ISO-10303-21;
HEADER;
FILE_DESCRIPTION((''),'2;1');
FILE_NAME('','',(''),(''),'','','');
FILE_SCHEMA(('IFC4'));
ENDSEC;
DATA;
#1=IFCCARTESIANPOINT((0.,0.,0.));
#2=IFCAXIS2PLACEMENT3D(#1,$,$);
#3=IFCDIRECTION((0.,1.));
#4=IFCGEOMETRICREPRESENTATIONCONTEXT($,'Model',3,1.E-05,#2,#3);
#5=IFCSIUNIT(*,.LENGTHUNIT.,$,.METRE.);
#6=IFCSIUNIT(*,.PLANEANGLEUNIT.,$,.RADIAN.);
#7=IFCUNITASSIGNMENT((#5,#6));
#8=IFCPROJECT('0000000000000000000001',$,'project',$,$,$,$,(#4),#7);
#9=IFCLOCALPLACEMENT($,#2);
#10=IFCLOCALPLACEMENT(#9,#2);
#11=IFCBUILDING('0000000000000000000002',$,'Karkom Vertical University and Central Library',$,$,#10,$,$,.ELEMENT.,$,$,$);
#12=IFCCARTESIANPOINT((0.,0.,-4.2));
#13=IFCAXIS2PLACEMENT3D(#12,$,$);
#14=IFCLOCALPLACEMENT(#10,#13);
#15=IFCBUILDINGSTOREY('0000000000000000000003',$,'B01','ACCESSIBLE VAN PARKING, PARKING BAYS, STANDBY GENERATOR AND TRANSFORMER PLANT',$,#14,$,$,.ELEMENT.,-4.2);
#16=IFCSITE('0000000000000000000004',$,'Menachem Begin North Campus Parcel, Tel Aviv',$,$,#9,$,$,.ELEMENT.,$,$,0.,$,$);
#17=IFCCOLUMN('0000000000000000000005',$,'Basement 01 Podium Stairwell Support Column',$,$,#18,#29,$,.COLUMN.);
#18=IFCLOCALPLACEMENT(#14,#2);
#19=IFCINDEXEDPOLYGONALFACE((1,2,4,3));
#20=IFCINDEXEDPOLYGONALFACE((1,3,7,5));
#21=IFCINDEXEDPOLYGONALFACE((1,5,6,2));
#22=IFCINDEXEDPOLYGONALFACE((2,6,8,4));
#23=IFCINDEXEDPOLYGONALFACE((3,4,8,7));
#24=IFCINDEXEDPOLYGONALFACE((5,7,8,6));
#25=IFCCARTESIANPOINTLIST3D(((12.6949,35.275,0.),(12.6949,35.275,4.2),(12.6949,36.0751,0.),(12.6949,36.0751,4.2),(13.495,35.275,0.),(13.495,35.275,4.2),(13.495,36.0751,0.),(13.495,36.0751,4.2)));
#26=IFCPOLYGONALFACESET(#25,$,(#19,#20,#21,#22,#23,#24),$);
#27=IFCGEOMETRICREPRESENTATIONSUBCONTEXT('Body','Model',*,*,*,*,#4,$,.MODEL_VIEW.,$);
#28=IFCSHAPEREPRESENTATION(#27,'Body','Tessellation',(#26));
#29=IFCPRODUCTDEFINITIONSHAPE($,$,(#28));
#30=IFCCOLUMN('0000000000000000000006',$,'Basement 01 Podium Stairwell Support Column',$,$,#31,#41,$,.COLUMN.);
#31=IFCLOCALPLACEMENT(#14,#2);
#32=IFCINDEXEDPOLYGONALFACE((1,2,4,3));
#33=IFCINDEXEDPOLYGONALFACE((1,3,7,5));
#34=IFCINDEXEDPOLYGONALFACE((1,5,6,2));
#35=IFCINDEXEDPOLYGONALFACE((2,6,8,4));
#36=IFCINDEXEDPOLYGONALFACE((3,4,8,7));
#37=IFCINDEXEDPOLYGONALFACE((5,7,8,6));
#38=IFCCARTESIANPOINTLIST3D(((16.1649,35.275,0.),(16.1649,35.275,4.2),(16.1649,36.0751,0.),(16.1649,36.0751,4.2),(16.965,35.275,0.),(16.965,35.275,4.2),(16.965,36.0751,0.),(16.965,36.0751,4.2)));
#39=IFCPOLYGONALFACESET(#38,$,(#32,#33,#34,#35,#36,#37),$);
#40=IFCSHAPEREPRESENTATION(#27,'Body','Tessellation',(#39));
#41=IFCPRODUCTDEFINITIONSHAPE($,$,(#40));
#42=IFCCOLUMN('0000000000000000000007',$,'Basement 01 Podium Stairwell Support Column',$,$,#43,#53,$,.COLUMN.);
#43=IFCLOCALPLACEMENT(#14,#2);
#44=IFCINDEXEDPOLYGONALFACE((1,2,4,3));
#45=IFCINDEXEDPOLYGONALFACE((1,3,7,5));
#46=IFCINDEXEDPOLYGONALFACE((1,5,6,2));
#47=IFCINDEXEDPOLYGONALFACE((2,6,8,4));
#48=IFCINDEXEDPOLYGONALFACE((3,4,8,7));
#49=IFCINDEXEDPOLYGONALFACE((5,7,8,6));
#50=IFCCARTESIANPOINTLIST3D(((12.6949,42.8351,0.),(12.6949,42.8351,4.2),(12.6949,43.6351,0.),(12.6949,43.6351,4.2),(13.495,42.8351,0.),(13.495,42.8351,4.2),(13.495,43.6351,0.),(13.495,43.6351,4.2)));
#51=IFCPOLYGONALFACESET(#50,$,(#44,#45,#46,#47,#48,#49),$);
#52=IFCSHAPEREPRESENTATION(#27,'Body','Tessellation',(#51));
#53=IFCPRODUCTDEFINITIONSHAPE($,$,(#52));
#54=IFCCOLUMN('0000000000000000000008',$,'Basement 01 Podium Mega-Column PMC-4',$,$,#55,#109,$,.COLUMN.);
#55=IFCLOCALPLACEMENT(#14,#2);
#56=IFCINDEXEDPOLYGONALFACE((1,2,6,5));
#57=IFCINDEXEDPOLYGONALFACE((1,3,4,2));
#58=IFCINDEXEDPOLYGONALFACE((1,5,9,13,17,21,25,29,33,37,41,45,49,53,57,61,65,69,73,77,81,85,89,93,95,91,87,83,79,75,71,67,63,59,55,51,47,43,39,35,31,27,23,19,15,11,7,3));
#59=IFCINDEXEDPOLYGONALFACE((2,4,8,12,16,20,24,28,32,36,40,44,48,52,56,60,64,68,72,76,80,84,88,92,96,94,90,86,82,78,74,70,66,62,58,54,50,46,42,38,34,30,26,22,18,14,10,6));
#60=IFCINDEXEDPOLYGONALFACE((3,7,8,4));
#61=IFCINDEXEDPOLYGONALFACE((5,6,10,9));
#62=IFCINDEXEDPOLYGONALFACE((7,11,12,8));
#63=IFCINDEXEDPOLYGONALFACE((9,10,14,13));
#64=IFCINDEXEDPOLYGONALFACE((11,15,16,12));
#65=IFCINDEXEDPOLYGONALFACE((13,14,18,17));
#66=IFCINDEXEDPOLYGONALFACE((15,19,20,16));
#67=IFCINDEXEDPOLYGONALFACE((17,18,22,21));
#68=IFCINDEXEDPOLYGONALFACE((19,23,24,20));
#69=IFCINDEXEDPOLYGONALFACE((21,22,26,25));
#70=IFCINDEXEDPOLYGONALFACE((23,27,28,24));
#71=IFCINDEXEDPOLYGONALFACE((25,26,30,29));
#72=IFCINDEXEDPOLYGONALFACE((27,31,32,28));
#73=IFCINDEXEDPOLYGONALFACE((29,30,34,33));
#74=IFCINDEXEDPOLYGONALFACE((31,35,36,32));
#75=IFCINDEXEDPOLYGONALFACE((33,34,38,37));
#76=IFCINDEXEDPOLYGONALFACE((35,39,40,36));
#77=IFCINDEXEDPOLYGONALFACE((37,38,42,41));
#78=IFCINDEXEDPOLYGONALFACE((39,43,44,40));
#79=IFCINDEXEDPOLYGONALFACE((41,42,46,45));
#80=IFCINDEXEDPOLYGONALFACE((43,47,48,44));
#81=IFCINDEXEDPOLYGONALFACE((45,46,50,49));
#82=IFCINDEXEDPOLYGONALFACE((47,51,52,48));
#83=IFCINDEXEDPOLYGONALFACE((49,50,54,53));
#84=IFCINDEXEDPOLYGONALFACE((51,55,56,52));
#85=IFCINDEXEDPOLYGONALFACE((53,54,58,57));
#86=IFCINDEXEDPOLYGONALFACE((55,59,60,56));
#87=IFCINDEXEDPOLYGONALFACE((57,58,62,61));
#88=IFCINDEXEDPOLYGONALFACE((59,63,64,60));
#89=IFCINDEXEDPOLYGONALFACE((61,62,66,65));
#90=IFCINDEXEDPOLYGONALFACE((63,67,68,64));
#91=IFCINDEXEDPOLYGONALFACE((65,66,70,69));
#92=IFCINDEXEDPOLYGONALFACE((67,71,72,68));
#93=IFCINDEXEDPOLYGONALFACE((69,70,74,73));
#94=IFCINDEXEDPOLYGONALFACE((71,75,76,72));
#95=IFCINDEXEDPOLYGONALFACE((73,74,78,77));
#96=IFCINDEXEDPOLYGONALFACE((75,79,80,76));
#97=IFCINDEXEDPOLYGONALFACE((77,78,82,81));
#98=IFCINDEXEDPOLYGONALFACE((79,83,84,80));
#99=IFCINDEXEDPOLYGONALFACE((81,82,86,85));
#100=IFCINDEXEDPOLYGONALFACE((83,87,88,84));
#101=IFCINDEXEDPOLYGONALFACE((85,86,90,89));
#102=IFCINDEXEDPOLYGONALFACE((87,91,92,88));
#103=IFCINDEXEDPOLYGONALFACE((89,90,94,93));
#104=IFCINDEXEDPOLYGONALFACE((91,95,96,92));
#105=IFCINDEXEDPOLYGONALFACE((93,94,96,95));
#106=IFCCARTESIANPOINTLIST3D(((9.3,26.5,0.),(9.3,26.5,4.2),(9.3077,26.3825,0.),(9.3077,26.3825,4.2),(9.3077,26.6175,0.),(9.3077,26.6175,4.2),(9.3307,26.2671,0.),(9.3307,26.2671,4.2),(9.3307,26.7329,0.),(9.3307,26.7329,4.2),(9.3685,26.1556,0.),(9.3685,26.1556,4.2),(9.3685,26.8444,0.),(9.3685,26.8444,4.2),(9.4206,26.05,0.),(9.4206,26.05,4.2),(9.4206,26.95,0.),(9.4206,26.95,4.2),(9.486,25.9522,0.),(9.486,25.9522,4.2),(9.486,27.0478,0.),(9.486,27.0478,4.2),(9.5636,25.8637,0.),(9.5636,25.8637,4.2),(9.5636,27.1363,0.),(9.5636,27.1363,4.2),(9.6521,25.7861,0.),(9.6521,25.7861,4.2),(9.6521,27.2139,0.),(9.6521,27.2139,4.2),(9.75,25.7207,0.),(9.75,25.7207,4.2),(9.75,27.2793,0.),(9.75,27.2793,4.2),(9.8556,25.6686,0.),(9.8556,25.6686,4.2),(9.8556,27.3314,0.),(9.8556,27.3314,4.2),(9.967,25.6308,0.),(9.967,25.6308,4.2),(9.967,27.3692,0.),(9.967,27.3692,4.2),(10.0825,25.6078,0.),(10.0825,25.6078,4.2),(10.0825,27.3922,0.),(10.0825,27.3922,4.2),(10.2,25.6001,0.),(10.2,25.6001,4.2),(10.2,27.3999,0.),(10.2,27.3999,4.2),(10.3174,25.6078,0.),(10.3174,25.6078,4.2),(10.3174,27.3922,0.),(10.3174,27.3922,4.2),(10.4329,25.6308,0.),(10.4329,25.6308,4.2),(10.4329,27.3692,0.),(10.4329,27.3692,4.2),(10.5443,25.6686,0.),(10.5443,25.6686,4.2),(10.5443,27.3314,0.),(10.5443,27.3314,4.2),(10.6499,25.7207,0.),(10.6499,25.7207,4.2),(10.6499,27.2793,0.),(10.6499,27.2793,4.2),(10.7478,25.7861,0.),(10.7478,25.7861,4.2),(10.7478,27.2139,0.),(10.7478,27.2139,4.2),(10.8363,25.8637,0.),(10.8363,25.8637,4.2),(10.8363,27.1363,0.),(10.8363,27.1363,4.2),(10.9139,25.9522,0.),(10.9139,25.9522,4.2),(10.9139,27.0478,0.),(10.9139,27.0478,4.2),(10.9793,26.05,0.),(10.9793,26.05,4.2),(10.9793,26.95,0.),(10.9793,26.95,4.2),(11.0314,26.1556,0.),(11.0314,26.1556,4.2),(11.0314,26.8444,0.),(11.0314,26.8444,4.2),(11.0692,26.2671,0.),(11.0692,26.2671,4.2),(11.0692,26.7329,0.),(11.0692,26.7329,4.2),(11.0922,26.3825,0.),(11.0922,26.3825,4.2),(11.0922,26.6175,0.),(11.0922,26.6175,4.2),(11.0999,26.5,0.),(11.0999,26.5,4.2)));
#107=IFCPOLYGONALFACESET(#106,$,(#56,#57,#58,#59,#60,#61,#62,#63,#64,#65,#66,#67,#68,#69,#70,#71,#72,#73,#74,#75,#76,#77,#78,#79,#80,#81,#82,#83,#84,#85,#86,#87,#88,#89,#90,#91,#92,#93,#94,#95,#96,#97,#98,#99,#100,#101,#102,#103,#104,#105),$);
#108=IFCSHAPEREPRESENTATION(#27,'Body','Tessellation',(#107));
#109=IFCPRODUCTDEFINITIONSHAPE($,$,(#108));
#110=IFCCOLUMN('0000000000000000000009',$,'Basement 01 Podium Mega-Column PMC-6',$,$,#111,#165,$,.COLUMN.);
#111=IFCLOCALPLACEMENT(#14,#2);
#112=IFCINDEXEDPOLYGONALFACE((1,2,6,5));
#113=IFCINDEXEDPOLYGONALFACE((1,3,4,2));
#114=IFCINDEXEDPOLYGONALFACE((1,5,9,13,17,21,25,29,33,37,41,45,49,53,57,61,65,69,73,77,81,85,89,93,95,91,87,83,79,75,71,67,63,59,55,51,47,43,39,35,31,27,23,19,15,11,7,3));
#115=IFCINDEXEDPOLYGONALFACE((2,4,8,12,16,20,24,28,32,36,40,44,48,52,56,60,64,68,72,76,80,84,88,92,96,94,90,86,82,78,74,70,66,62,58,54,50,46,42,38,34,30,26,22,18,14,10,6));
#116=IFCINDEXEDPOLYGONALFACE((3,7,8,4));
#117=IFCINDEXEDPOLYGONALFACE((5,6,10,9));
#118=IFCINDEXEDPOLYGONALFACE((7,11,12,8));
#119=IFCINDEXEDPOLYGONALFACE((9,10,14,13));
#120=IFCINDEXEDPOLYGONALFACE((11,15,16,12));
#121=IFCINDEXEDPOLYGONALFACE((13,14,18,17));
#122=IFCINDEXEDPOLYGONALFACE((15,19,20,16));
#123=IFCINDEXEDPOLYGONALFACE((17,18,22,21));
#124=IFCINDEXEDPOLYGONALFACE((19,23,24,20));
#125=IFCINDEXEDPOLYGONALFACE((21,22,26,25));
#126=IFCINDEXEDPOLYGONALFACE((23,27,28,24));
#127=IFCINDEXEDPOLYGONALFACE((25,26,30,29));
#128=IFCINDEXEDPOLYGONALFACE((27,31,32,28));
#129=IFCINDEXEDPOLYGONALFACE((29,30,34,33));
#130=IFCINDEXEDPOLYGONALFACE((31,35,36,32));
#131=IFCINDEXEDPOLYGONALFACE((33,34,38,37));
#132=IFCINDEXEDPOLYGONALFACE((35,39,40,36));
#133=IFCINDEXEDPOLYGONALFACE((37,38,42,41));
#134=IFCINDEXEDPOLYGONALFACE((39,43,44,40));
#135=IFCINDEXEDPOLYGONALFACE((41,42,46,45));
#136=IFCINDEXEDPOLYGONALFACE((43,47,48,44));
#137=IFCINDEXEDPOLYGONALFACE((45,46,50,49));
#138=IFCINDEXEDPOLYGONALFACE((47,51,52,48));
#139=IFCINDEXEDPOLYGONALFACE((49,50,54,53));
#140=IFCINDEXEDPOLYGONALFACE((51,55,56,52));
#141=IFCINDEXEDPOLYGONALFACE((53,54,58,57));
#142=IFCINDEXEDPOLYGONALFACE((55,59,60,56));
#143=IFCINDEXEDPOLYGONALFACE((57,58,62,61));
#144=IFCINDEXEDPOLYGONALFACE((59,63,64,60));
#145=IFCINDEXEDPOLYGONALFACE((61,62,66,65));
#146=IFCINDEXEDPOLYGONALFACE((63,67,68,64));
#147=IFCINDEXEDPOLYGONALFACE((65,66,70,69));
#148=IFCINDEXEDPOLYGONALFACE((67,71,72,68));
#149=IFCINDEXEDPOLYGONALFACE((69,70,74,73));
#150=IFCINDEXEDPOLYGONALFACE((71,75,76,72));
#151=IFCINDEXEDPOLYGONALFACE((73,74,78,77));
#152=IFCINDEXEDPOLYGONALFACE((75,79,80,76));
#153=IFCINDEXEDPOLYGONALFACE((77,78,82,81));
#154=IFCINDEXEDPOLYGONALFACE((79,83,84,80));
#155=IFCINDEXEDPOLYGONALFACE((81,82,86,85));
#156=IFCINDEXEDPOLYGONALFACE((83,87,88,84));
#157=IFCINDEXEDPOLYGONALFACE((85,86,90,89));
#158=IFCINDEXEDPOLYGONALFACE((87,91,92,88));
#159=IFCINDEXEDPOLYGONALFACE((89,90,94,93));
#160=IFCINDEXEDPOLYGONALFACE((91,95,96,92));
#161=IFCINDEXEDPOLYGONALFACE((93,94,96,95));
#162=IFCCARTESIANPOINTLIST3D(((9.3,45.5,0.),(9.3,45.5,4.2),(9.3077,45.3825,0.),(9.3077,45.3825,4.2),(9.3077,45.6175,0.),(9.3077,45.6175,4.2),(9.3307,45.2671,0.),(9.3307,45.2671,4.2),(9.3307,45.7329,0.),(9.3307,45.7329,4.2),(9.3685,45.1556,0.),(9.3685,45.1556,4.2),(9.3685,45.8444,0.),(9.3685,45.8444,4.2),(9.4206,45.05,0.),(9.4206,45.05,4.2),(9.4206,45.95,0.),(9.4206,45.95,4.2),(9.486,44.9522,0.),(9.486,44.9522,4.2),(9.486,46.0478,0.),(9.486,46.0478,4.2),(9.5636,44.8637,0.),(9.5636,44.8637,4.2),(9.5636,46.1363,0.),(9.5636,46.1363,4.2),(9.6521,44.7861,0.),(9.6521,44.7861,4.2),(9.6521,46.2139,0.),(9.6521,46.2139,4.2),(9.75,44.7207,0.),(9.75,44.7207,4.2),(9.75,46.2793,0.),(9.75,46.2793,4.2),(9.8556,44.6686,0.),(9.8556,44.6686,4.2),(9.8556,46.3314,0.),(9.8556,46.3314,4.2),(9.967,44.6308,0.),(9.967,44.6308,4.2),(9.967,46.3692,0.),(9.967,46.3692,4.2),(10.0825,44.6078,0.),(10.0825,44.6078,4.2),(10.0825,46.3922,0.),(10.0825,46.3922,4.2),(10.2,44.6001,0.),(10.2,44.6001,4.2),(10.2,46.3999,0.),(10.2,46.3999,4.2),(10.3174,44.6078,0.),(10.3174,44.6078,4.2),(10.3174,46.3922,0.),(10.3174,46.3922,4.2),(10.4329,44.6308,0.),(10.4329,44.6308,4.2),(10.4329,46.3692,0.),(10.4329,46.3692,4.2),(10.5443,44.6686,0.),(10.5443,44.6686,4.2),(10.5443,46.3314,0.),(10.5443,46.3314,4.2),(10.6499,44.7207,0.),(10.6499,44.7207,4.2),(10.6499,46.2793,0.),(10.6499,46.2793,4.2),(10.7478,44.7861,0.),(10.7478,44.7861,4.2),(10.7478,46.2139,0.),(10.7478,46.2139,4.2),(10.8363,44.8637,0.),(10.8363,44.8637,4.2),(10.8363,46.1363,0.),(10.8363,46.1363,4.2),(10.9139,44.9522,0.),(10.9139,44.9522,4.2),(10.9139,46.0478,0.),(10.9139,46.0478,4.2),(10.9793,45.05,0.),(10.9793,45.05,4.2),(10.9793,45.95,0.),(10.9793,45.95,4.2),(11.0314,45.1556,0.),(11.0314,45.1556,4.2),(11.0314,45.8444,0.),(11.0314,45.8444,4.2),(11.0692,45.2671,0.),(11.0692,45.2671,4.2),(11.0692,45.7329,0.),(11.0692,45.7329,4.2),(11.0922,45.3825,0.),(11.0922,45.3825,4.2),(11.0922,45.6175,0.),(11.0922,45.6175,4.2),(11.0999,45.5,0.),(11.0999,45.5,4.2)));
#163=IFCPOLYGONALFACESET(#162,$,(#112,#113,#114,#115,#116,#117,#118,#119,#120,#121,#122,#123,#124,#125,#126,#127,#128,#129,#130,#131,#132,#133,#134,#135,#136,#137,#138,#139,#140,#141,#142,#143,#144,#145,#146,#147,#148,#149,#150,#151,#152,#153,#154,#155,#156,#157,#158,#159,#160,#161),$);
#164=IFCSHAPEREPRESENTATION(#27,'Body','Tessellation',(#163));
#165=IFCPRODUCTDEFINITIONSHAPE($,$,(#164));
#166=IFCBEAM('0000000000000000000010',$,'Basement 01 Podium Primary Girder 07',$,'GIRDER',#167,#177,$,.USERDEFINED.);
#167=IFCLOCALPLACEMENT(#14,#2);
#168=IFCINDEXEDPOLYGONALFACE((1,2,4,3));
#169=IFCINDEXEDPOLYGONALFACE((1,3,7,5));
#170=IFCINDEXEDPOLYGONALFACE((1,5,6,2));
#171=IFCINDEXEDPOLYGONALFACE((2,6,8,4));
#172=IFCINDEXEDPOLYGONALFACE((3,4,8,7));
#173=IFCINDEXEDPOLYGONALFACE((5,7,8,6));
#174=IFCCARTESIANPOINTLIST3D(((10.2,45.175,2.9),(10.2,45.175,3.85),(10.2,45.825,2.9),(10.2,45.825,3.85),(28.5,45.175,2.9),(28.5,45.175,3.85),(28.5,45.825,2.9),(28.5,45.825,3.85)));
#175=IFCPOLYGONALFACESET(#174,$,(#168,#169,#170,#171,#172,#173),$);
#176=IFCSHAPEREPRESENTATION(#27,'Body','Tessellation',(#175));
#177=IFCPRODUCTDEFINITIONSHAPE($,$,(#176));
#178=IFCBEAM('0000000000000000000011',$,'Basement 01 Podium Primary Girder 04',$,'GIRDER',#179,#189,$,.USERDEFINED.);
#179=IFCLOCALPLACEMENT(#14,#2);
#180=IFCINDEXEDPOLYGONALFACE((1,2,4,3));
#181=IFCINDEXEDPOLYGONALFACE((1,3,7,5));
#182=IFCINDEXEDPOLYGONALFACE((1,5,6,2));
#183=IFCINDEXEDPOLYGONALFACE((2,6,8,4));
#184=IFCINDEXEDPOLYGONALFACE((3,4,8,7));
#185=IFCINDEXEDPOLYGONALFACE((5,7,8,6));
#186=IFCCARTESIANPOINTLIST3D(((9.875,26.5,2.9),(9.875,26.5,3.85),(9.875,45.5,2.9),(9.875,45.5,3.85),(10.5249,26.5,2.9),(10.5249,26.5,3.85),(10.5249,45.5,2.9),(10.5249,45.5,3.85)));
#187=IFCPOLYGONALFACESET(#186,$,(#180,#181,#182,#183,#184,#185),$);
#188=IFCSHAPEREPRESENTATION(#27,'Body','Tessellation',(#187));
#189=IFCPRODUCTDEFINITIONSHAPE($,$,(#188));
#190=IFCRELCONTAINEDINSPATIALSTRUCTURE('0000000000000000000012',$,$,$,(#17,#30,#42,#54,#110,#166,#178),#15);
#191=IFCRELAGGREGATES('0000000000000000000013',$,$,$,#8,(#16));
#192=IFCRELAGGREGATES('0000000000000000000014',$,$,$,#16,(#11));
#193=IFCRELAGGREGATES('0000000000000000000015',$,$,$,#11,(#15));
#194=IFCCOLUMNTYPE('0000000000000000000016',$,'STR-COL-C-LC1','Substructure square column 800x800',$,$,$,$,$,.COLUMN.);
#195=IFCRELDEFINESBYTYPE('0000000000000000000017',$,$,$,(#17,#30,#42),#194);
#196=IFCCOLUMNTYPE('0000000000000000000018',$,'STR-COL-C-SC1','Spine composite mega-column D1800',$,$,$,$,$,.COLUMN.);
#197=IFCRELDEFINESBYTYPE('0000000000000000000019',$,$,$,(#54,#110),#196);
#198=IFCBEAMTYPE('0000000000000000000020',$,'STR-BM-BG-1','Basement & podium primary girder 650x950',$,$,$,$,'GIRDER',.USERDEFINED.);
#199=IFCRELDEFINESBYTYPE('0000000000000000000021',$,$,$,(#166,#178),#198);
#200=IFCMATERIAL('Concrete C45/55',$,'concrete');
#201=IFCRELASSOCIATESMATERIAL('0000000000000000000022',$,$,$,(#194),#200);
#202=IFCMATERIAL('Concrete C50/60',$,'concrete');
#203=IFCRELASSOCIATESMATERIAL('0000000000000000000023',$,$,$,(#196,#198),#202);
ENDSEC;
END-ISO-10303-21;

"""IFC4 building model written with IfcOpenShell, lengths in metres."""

from ifc_helpers import new_model, si_unit, direction, frame, origin, origin_with_axes, origin_2d, place, context, subcontext, project, spatial, rectangle, circle, extrude, source, transform, mapped, material, material_profile, profile_set, type_object, element, save


model = new_model("IFC4")

# Units and contexts
model_context = context("Model", 3, precision=1e-05, world=origin(), true_north=direction((0.0, 1.0)))
body_context = subcontext(model_context, "Body", "Model", "MODEL_VIEW")
ifc_project = project(units=[si_unit("LENGTHUNIT", "METRE"), si_unit("PLANEANGLEUNIT", "RADIAN")], contexts=[model_context])

# Site, building, storey
site_placement = place(None, origin())
site = spatial("IfcSite", under=ifc_project, at=site_placement, Name="Menachem Begin North Campus Parcel, Tel Aviv", CompositionType="ELEMENT", RefElevation=0.0)
building_placement = place(site_placement, origin())
building = spatial("IfcBuilding", under=site, at=building_placement, Name="Karkom Vertical University and Central Library", CompositionType="ELEMENT")
storey_placement = place(building_placement, frame((0.0, 0.0, -4.2)))
storey = spatial("IfcBuildingStorey", under=building, at=storey_placement, Name="B01", Description="ACCESSIBLE VAN PARKING, PARKING BAYS, STANDBY GENERATOR AND TRANSFORMER PLANT", CompositionType="ELEMENT", Elevation=-4.2)

# Columns
ifc_material_1 = material(Name="Concrete C45/55", Category="concrete")
ifc_material_profile_1 = material_profile(ifc_material_1, rectangle(XDim=0.8, YDim=0.8, at=origin_2d()), Name="RC-800x800")
ifc_profile_set_1 = profile_set([ifc_material_profile_1], Name="Concrete C45/55")
column_type_1 = type_object("IfcColumnType", Name="STR-COL-C-LC1", Description="Substructure square column 800x800", PredefinedType="COLUMN", material=ifc_profile_set_1)
shared_shape_1 = source(origin_with_axes(), body_context, "Body", "SweptSolid", [
    extrude(rectangle(XDim=0.8, YDim=0.8, at=origin_2d()), origin(), (0.0, 0.0, 1.0), 4.2),
])
for number, where, z_axis, x_axis, name in (
    (1, (13.095, 35.675, 0.0), (0.0, 0.0, 1.0), (1.0, 0.0, 0.0), "Basement 01 Podium Stairwell Support Column"),
    (2, (16.5649, 35.675, 0.0), (0.0, 0.0, 1.0), (1.0, 0.0, 0.0), "Basement 01 Podium Stairwell Support Column"),
    (3, (13.095, 43.2351, 0.0), (0.0, 0.0, 1.0), (1.0, 0.0, 0.0), "Basement 01 Podium Stairwell Support Column"),
):
    element("IfcColumn", number, at=place(storey_placement, frame(where, z_axis=z_axis, x_axis=x_axis)), inside=storey, type_object=column_type_1, Name=name, PredefinedType="COLUMN", context=body_context, shape_type="MappedRepresentation", body=[
        mapped(shared_shape_1, transform((0.0, 0.0, 0.0), scale=1.0)),
    ])
ifc_material_2 = material(Name="Concrete C50/60", Category="concrete")
ifc_material_profile_2 = material_profile(ifc_material_2, circle(Radius=0.8999, at=origin_2d()), Name="CFT-D1800")
ifc_profile_set_2 = profile_set([ifc_material_profile_2], Name="Concrete C50/60")
column_type_2 = type_object("IfcColumnType", Name="STR-COL-C-SC1", Description="Spine composite mega-column D1800", PredefinedType="COLUMN", material=ifc_profile_set_2)
shared_shape_2 = source(origin_with_axes(), body_context, "Body", "SweptSolid", [
    extrude(circle(Radius=0.8999, at=origin_2d()), origin(), (0.0, 0.0, 1.0), 4.2),
])
for number, where, z_axis, x_axis, name in (
    (4, (10.2, 26.5, 0.0), (0.0, 0.0, 1.0), (1.0, 0.0, 0.0), "Basement 01 Podium Mega-Column PMC-4"),
    (5, (10.2, 45.5, 0.0), (0.0, 0.0, 1.0), (1.0, 0.0, 0.0), "Basement 01 Podium Mega-Column PMC-6"),
):
    element("IfcColumn", number, at=place(storey_placement, frame(where, z_axis=z_axis, x_axis=x_axis)), inside=storey, type_object=column_type_2, Name=name, PredefinedType="COLUMN", context=body_context, shape_type="MappedRepresentation", body=[
        mapped(shared_shape_2, transform((0.0, 0.0, 0.0), scale=1.0)),
    ])

# Beams
ifc_material_profile_3 = material_profile(ifc_material_2, rectangle(XDim=0.6499, YDim=0.95, at=origin_2d()), Name="RCG-650x950")
ifc_profile_set_3 = profile_set([ifc_material_profile_3], Name="Concrete C50/60")
beam_type = type_object("IfcBeamType", Name="STR-BM-BG-1", Description="Basement & podium primary girder 650x950", ElementType="GIRDER", PredefinedType="USERDEFINED", material=ifc_profile_set_3)
shared_shape_3 = source(origin_with_axes(), body_context, "Body", "SweptSolid", [
    extrude(rectangle(XDim=0.6499, YDim=0.95, at=origin_2d()), origin(), (0.0, 0.0, 1.0), 18.3),
])
beam_1_placement = place(storey_placement, frame((10.2, 45.5, 3.375), z_axis=(1.0, 0.0, 0.0), x_axis=(0.0, 1.0, 0.0)))
element("IfcBeam", 6, at=beam_1_placement, inside=storey, type_object=beam_type, Name="Basement 01 Podium Primary Girder 07", ObjectType="GIRDER", PredefinedType="USERDEFINED", context=body_context, shape_type="MappedRepresentation", body=[
    mapped(shared_shape_3, transform((0.0, 0.0, 0.0), scale=1.0)),
])
shared_shape_4 = source(origin_with_axes(), body_context, "Body", "SweptSolid", [
    extrude(rectangle(XDim=0.6499, YDim=0.95, at=origin_2d()), origin(), (0.0, 0.0, 1.0), 19.0),
])
beam_2_placement = place(storey_placement, frame((10.2, 26.5, 3.375), z_axis=(0.0, 1.0, 0.0), x_axis=(-1.0, 0.0, 0.0)))
element("IfcBeam", 7, at=beam_2_placement, inside=storey, type_object=beam_type, Name="Basement 01 Podium Primary Girder 04", ObjectType="GIRDER", PredefinedType="USERDEFINED", context=body_context, shape_type="MappedRepresentation", body=[
    mapped(shared_shape_4, transform((0.0, 0.0, 0.0), scale=1.0)),
])

save(model, "model.ifc")
